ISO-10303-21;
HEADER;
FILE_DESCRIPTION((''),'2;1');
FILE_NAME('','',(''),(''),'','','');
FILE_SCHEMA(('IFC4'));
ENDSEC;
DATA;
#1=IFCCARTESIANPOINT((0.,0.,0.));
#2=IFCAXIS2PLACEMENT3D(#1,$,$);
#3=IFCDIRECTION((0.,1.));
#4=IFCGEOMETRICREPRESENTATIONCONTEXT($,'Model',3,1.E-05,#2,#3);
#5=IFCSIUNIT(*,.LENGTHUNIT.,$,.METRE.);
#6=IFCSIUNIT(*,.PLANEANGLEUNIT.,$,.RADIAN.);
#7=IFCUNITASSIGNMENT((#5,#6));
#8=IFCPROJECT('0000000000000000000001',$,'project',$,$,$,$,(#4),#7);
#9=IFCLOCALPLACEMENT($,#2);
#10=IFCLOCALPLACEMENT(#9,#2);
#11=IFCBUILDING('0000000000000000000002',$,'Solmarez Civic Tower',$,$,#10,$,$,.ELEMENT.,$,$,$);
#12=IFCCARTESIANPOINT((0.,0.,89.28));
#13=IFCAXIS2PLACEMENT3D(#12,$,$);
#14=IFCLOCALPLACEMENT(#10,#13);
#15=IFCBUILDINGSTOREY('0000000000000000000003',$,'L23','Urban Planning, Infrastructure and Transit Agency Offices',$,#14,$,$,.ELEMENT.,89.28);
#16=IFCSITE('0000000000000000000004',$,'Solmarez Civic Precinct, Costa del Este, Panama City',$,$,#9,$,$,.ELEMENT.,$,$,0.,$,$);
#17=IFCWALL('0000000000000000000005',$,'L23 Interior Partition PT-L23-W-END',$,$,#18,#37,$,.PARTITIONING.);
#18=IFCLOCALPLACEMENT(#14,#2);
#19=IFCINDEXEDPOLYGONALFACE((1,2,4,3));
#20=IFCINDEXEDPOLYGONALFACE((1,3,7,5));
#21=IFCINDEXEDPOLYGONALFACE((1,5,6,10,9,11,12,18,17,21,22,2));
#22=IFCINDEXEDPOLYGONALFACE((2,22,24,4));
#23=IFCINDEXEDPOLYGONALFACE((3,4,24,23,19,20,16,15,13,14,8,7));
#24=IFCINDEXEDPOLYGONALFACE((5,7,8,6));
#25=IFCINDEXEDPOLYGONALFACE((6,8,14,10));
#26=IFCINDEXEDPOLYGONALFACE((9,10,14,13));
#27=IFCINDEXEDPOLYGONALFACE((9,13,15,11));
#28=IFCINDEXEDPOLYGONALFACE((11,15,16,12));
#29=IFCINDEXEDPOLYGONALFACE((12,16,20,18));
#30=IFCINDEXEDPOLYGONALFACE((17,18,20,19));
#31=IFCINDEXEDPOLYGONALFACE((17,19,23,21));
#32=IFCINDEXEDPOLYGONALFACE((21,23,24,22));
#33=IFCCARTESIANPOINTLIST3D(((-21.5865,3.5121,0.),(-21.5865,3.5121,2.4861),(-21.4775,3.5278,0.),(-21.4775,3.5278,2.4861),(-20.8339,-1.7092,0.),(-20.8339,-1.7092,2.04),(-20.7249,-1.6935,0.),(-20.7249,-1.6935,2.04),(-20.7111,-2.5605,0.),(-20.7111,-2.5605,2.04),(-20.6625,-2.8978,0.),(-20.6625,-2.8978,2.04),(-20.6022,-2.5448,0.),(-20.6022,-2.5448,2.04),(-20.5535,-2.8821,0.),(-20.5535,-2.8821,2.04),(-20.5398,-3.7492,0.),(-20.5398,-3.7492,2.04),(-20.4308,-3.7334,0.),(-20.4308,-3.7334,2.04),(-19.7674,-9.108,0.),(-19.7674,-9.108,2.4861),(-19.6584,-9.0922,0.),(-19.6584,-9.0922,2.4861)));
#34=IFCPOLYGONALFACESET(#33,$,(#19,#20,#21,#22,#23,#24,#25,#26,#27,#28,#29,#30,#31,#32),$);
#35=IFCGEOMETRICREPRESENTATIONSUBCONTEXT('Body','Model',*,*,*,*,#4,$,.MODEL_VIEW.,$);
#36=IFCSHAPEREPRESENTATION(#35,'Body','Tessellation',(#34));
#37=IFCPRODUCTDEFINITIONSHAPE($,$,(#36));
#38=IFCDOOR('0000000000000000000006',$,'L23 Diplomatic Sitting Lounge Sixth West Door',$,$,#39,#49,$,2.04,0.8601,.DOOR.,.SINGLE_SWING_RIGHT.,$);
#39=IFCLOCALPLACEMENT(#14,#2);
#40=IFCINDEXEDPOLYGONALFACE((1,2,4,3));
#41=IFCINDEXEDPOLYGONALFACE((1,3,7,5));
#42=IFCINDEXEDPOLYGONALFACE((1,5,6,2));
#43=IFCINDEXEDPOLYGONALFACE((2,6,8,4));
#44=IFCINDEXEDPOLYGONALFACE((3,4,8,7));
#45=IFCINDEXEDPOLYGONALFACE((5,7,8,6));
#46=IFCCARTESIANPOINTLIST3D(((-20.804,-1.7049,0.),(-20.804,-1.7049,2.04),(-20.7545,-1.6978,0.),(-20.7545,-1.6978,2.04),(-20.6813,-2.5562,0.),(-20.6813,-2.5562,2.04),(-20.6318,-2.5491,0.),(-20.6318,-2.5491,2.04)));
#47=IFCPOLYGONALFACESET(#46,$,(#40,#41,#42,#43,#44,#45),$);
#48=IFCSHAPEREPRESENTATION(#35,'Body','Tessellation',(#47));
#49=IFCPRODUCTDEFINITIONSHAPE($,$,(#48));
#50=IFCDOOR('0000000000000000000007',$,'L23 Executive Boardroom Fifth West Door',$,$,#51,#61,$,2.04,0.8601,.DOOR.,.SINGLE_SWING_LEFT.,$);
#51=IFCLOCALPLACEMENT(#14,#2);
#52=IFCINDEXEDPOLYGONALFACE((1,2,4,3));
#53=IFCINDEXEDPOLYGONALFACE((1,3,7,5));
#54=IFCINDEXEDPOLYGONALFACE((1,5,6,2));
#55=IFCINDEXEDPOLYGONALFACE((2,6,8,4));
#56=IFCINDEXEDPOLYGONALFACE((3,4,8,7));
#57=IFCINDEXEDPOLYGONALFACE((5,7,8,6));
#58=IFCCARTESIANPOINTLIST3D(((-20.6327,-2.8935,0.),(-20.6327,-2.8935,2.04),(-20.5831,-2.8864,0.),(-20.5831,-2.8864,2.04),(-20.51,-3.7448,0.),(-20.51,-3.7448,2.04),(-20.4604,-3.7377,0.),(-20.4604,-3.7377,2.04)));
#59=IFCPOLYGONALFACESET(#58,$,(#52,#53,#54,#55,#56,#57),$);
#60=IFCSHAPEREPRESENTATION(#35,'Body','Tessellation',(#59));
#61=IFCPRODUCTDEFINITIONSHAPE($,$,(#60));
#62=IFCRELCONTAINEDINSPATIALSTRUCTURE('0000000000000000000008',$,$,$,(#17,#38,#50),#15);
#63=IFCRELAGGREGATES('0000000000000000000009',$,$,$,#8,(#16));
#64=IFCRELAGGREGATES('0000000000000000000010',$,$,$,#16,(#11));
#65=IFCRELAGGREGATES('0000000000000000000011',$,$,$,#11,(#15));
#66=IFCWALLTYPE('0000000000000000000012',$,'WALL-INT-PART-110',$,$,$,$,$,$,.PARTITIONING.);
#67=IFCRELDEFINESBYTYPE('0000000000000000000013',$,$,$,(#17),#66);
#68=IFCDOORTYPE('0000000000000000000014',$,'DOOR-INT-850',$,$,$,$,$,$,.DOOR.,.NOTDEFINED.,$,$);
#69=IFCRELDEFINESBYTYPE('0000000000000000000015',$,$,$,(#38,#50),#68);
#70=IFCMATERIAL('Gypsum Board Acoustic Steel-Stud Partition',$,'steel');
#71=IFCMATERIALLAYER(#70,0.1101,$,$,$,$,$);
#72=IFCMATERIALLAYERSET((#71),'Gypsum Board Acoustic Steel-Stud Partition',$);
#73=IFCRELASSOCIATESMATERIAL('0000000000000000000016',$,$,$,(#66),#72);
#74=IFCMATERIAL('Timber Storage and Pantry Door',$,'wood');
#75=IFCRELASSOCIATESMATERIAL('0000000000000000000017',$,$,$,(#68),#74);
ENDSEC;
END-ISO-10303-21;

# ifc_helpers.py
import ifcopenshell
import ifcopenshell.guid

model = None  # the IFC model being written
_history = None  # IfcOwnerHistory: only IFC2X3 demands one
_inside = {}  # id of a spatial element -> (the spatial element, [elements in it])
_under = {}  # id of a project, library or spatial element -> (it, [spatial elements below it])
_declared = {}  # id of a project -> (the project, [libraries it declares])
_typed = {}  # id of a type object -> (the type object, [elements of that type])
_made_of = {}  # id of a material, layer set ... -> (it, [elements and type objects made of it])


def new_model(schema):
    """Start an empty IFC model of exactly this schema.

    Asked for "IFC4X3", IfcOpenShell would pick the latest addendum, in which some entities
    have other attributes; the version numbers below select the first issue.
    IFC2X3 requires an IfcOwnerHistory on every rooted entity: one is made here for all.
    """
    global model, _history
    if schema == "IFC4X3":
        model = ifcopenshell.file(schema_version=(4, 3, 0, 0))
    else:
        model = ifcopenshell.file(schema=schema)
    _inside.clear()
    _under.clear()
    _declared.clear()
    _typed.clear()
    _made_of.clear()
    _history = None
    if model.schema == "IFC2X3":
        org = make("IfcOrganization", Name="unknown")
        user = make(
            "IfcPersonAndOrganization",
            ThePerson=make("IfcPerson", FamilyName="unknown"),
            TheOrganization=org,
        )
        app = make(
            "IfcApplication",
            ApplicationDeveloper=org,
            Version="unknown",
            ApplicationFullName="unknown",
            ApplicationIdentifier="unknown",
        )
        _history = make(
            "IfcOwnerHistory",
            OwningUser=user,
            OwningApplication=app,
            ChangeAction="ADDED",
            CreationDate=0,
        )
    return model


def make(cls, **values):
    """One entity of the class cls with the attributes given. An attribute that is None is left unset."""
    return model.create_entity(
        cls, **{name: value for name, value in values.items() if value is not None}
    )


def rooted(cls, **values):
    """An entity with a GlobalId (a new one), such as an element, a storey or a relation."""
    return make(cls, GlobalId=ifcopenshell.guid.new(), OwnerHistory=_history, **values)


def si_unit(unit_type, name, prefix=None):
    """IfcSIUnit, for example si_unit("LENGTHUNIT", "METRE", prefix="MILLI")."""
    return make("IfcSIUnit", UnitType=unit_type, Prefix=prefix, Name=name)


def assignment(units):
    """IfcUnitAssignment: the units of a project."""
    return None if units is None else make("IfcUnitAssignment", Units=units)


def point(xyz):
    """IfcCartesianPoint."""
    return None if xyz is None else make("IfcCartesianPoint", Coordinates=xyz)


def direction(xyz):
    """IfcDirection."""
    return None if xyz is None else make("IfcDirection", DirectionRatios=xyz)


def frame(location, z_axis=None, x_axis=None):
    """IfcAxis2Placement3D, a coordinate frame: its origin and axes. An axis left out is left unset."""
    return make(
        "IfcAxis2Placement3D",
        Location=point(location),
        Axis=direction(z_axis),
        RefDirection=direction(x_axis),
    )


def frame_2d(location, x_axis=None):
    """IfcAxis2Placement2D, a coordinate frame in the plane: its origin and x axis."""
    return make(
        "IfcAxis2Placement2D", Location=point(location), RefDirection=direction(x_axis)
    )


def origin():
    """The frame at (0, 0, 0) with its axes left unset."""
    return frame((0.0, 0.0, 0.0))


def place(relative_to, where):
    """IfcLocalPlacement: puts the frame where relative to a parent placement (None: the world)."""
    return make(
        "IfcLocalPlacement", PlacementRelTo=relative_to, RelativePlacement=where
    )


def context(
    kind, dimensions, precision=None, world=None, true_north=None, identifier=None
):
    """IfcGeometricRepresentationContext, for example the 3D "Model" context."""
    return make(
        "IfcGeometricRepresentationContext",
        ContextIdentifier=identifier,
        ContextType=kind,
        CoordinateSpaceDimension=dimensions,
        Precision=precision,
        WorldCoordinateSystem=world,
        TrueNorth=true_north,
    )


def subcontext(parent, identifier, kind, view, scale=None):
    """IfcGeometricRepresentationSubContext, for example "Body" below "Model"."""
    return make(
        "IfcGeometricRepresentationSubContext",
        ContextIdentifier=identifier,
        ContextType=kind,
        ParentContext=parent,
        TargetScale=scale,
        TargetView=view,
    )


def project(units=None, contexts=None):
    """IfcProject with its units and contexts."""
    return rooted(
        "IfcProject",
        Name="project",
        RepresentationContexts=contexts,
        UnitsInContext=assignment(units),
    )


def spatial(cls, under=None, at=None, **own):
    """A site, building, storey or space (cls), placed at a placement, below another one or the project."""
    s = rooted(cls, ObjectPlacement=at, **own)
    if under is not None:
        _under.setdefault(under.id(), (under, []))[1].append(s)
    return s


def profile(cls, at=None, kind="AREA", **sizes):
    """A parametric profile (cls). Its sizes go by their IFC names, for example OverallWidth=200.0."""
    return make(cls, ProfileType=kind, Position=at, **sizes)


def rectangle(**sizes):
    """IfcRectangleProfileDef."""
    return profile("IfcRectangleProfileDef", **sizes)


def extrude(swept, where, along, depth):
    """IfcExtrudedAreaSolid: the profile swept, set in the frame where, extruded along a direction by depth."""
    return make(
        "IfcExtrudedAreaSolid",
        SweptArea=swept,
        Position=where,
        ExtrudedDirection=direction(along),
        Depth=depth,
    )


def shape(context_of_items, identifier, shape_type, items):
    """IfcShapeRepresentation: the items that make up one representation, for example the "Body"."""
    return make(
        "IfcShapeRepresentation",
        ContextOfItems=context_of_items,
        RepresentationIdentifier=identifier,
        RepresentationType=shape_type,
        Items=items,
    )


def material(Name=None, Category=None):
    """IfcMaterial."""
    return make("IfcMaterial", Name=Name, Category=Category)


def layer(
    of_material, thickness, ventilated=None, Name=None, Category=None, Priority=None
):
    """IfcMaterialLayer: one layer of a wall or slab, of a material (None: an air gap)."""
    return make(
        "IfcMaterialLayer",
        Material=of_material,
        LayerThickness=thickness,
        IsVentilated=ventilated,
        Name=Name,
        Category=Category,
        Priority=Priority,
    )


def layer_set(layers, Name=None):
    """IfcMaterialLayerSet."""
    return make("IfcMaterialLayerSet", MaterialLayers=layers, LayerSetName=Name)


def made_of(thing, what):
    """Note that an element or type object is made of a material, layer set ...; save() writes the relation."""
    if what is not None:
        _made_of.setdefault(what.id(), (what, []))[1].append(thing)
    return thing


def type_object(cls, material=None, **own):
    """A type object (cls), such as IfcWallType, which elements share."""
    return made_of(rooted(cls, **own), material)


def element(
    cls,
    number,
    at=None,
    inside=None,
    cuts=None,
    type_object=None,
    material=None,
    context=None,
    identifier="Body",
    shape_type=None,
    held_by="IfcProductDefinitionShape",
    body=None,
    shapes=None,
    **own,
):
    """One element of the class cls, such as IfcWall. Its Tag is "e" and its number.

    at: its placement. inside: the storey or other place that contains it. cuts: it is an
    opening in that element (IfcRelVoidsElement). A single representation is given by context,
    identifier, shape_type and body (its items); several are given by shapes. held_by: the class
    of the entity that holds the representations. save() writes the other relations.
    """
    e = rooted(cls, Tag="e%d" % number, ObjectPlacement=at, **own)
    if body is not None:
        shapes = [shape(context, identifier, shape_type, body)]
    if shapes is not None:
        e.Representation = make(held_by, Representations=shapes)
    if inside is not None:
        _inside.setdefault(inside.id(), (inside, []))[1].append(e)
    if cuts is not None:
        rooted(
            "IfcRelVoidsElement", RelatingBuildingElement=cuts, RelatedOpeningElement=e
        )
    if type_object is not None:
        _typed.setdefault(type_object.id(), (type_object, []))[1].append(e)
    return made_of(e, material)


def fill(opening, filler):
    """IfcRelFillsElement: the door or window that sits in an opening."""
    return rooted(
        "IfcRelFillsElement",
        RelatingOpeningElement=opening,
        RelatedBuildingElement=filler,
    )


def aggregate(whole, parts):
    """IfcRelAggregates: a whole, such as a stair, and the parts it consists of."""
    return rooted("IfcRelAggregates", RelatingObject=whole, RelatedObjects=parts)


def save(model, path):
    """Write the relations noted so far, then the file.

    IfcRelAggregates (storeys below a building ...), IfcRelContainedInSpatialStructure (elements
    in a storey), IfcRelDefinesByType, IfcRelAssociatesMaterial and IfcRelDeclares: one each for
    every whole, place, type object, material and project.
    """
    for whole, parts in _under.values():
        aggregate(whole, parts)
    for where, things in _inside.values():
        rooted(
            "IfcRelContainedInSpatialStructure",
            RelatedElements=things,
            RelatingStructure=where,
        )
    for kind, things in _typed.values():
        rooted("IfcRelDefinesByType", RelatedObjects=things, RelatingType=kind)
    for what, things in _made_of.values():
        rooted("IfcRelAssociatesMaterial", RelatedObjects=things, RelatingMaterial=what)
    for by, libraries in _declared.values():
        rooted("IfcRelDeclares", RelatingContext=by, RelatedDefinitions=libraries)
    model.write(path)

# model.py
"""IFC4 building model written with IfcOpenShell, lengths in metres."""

from ifc_helpers import new_model, si_unit, direction, frame, frame_2d, origin, place, context, subcontext, project, spatial, rectangle, extrude, material, layer, layer_set, type_object, element, fill, save


model = new_model("IFC4")

# Units and contexts
model_context = context("Model", 3, precision=1e-05, world=origin(), true_north=direction((0.0, 1.0)))
body_context = subcontext(model_context, "Body", "Model", "MODEL_VIEW")
ifc_project = project(units=[si_unit("LENGTHUNIT", "METRE"), si_unit("PLANEANGLEUNIT", "RADIAN")], contexts=[model_context])

# Site, building, storey
site_placement = place(None, origin())
site = spatial("IfcSite", under=ifc_project, at=site_placement, Name="Solmarez Civic Precinct, Costa del Este, Panama City", CompositionType="ELEMENT", RefElevation=0.0)
building_placement = place(site_placement, origin())
building = spatial("IfcBuilding", under=site, at=building_placement, Name="Solmarez Civic Tower", CompositionType="ELEMENT")
storey_placement = place(building_placement, frame((0.0, 0.0, 89.28)))
storey = spatial("IfcBuildingStorey", under=building, at=storey_placement, Name="L23", Description="Urban Planning, Infrastructure and Transit Agency Offices", CompositionType="ELEMENT", Elevation=89.28)

# Shared definitions
ifc_material_1 = material(Name="Gypsum Board Acoustic Steel-Stud Partition", Category="steel")
ifc_layer_1 = layer(ifc_material_1, 0.1101)
ifc_layer_set_1 = layer_set([ifc_layer_1], Name="Gypsum Board Acoustic Steel-Stud Partition")
wall_type_1 = type_object("IfcWallType", Name="WALL-INT-PART-110", PredefinedType="PARTITIONING", material=ifc_layer_set_1)

# Shared definitions
ifc_material_2 = material(Name="Timber Storage and Pantry Door", Category="wood")
door_type = type_object("IfcDoorType", Name="DOOR-INT-850", OperationType="NOTDEFINED", PredefinedType="DOOR", material=ifc_material_2)

# Wall, openings, doors
wall_1_placement = place(storey_placement, frame((-19.7129, -9.1001, 0.0), z_axis=(0.0, 0.0, 1.0), x_axis=(-0.142668, 0.989771, 0.0)))
wall_1 = element("IfcWall", 1, at=wall_1_placement, inside=storey, type_object=wall_type_1, Name="L23 Interior Partition PT-L23-W-END", PredefinedType="PARTITIONING", context=body_context, shape_type="SweptSolid", body=[
    extrude(rectangle(XDim=12.7505, YDim=0.1101, at=frame_2d((6.3752, 0.0))), origin(), (0.0, 0.0, 1.0), 2.4861),
])
opening_1_placement = place(wall_1_placement, frame((6.615, 0.0, 0.0)))
opening_1 = element("IfcOpeningElement", 2, at=opening_1_placement, cuts=wall_1, PredefinedType="OPENING", context=body_context, shape_type="SweptSolid", body=[
    extrude(rectangle(XDim=0.8601, YDim=2.04, at=frame_2d((0.4302, 1.02))), frame((0.0, 0.0649, 0.0), z_axis=(0.0, -1.0, 0.0), x_axis=(1.0, 0.0, 0.0)), (0.0, 0.0, 1.0), 0.1301),
])
opening_2_placement = place(wall_1_placement, frame((5.4141, 0.0, 0.0)))
opening_2 = element("IfcOpeningElement", 3, at=opening_2_placement, cuts=wall_1, PredefinedType="OPENING", context=body_context, shape_type="SweptSolid", body=[
    extrude(rectangle(XDim=0.8601, YDim=2.04, at=frame_2d((0.4302, 1.02))), frame((0.0, 0.0649, 0.0), z_axis=(0.0, -1.0, 0.0), x_axis=(1.0, 0.0, 0.0)), (0.0, 0.0, 1.0), 0.1301),
])
door_1_placement = place(opening_1_placement, origin())
door_1 = element("IfcDoor", 4, at=door_1_placement, inside=storey, type_object=door_type, Name="L23 Diplomatic Sitting Lounge Sixth West Door", OperationType="SINGLE_SWING_RIGHT", OverallHeight=2.04, OverallWidth=0.8601, PredefinedType="DOOR", context=body_context, shape_type="SweptSolid", body=[
    extrude(rectangle(XDim=0.8601, YDim=2.04, at=frame_2d((0.4302, 1.02))), frame((0.0, 0.0249, 0.0), z_axis=(0.0, -1.0, 0.0), x_axis=(1.0, 0.0, 0.0)), (0.0, 0.0, 1.0), 0.05),
])
fill(opening_1, door_1)
door_2_placement = place(opening_2_placement, origin())
door_2 = element("IfcDoor", 5, at=door_2_placement, inside=storey, type_object=door_type, Name="L23 Executive Boardroom Fifth West Door", OperationType="SINGLE_SWING_LEFT", OverallHeight=2.04, OverallWidth=0.8601, PredefinedType="DOOR", context=body_context, shape_type="SweptSolid", body=[
    extrude(rectangle(XDim=0.8601, YDim=2.04, at=frame_2d((0.4302, 1.02))), frame((0.0, 0.0249, 0.0), z_axis=(0.0, -1.0, 0.0), x_axis=(1.0, 0.0, 0.0)), (0.0, 0.0, 1.0), 0.05),
])
fill(opening_2, door_2)

save(model, "model.ifc")
